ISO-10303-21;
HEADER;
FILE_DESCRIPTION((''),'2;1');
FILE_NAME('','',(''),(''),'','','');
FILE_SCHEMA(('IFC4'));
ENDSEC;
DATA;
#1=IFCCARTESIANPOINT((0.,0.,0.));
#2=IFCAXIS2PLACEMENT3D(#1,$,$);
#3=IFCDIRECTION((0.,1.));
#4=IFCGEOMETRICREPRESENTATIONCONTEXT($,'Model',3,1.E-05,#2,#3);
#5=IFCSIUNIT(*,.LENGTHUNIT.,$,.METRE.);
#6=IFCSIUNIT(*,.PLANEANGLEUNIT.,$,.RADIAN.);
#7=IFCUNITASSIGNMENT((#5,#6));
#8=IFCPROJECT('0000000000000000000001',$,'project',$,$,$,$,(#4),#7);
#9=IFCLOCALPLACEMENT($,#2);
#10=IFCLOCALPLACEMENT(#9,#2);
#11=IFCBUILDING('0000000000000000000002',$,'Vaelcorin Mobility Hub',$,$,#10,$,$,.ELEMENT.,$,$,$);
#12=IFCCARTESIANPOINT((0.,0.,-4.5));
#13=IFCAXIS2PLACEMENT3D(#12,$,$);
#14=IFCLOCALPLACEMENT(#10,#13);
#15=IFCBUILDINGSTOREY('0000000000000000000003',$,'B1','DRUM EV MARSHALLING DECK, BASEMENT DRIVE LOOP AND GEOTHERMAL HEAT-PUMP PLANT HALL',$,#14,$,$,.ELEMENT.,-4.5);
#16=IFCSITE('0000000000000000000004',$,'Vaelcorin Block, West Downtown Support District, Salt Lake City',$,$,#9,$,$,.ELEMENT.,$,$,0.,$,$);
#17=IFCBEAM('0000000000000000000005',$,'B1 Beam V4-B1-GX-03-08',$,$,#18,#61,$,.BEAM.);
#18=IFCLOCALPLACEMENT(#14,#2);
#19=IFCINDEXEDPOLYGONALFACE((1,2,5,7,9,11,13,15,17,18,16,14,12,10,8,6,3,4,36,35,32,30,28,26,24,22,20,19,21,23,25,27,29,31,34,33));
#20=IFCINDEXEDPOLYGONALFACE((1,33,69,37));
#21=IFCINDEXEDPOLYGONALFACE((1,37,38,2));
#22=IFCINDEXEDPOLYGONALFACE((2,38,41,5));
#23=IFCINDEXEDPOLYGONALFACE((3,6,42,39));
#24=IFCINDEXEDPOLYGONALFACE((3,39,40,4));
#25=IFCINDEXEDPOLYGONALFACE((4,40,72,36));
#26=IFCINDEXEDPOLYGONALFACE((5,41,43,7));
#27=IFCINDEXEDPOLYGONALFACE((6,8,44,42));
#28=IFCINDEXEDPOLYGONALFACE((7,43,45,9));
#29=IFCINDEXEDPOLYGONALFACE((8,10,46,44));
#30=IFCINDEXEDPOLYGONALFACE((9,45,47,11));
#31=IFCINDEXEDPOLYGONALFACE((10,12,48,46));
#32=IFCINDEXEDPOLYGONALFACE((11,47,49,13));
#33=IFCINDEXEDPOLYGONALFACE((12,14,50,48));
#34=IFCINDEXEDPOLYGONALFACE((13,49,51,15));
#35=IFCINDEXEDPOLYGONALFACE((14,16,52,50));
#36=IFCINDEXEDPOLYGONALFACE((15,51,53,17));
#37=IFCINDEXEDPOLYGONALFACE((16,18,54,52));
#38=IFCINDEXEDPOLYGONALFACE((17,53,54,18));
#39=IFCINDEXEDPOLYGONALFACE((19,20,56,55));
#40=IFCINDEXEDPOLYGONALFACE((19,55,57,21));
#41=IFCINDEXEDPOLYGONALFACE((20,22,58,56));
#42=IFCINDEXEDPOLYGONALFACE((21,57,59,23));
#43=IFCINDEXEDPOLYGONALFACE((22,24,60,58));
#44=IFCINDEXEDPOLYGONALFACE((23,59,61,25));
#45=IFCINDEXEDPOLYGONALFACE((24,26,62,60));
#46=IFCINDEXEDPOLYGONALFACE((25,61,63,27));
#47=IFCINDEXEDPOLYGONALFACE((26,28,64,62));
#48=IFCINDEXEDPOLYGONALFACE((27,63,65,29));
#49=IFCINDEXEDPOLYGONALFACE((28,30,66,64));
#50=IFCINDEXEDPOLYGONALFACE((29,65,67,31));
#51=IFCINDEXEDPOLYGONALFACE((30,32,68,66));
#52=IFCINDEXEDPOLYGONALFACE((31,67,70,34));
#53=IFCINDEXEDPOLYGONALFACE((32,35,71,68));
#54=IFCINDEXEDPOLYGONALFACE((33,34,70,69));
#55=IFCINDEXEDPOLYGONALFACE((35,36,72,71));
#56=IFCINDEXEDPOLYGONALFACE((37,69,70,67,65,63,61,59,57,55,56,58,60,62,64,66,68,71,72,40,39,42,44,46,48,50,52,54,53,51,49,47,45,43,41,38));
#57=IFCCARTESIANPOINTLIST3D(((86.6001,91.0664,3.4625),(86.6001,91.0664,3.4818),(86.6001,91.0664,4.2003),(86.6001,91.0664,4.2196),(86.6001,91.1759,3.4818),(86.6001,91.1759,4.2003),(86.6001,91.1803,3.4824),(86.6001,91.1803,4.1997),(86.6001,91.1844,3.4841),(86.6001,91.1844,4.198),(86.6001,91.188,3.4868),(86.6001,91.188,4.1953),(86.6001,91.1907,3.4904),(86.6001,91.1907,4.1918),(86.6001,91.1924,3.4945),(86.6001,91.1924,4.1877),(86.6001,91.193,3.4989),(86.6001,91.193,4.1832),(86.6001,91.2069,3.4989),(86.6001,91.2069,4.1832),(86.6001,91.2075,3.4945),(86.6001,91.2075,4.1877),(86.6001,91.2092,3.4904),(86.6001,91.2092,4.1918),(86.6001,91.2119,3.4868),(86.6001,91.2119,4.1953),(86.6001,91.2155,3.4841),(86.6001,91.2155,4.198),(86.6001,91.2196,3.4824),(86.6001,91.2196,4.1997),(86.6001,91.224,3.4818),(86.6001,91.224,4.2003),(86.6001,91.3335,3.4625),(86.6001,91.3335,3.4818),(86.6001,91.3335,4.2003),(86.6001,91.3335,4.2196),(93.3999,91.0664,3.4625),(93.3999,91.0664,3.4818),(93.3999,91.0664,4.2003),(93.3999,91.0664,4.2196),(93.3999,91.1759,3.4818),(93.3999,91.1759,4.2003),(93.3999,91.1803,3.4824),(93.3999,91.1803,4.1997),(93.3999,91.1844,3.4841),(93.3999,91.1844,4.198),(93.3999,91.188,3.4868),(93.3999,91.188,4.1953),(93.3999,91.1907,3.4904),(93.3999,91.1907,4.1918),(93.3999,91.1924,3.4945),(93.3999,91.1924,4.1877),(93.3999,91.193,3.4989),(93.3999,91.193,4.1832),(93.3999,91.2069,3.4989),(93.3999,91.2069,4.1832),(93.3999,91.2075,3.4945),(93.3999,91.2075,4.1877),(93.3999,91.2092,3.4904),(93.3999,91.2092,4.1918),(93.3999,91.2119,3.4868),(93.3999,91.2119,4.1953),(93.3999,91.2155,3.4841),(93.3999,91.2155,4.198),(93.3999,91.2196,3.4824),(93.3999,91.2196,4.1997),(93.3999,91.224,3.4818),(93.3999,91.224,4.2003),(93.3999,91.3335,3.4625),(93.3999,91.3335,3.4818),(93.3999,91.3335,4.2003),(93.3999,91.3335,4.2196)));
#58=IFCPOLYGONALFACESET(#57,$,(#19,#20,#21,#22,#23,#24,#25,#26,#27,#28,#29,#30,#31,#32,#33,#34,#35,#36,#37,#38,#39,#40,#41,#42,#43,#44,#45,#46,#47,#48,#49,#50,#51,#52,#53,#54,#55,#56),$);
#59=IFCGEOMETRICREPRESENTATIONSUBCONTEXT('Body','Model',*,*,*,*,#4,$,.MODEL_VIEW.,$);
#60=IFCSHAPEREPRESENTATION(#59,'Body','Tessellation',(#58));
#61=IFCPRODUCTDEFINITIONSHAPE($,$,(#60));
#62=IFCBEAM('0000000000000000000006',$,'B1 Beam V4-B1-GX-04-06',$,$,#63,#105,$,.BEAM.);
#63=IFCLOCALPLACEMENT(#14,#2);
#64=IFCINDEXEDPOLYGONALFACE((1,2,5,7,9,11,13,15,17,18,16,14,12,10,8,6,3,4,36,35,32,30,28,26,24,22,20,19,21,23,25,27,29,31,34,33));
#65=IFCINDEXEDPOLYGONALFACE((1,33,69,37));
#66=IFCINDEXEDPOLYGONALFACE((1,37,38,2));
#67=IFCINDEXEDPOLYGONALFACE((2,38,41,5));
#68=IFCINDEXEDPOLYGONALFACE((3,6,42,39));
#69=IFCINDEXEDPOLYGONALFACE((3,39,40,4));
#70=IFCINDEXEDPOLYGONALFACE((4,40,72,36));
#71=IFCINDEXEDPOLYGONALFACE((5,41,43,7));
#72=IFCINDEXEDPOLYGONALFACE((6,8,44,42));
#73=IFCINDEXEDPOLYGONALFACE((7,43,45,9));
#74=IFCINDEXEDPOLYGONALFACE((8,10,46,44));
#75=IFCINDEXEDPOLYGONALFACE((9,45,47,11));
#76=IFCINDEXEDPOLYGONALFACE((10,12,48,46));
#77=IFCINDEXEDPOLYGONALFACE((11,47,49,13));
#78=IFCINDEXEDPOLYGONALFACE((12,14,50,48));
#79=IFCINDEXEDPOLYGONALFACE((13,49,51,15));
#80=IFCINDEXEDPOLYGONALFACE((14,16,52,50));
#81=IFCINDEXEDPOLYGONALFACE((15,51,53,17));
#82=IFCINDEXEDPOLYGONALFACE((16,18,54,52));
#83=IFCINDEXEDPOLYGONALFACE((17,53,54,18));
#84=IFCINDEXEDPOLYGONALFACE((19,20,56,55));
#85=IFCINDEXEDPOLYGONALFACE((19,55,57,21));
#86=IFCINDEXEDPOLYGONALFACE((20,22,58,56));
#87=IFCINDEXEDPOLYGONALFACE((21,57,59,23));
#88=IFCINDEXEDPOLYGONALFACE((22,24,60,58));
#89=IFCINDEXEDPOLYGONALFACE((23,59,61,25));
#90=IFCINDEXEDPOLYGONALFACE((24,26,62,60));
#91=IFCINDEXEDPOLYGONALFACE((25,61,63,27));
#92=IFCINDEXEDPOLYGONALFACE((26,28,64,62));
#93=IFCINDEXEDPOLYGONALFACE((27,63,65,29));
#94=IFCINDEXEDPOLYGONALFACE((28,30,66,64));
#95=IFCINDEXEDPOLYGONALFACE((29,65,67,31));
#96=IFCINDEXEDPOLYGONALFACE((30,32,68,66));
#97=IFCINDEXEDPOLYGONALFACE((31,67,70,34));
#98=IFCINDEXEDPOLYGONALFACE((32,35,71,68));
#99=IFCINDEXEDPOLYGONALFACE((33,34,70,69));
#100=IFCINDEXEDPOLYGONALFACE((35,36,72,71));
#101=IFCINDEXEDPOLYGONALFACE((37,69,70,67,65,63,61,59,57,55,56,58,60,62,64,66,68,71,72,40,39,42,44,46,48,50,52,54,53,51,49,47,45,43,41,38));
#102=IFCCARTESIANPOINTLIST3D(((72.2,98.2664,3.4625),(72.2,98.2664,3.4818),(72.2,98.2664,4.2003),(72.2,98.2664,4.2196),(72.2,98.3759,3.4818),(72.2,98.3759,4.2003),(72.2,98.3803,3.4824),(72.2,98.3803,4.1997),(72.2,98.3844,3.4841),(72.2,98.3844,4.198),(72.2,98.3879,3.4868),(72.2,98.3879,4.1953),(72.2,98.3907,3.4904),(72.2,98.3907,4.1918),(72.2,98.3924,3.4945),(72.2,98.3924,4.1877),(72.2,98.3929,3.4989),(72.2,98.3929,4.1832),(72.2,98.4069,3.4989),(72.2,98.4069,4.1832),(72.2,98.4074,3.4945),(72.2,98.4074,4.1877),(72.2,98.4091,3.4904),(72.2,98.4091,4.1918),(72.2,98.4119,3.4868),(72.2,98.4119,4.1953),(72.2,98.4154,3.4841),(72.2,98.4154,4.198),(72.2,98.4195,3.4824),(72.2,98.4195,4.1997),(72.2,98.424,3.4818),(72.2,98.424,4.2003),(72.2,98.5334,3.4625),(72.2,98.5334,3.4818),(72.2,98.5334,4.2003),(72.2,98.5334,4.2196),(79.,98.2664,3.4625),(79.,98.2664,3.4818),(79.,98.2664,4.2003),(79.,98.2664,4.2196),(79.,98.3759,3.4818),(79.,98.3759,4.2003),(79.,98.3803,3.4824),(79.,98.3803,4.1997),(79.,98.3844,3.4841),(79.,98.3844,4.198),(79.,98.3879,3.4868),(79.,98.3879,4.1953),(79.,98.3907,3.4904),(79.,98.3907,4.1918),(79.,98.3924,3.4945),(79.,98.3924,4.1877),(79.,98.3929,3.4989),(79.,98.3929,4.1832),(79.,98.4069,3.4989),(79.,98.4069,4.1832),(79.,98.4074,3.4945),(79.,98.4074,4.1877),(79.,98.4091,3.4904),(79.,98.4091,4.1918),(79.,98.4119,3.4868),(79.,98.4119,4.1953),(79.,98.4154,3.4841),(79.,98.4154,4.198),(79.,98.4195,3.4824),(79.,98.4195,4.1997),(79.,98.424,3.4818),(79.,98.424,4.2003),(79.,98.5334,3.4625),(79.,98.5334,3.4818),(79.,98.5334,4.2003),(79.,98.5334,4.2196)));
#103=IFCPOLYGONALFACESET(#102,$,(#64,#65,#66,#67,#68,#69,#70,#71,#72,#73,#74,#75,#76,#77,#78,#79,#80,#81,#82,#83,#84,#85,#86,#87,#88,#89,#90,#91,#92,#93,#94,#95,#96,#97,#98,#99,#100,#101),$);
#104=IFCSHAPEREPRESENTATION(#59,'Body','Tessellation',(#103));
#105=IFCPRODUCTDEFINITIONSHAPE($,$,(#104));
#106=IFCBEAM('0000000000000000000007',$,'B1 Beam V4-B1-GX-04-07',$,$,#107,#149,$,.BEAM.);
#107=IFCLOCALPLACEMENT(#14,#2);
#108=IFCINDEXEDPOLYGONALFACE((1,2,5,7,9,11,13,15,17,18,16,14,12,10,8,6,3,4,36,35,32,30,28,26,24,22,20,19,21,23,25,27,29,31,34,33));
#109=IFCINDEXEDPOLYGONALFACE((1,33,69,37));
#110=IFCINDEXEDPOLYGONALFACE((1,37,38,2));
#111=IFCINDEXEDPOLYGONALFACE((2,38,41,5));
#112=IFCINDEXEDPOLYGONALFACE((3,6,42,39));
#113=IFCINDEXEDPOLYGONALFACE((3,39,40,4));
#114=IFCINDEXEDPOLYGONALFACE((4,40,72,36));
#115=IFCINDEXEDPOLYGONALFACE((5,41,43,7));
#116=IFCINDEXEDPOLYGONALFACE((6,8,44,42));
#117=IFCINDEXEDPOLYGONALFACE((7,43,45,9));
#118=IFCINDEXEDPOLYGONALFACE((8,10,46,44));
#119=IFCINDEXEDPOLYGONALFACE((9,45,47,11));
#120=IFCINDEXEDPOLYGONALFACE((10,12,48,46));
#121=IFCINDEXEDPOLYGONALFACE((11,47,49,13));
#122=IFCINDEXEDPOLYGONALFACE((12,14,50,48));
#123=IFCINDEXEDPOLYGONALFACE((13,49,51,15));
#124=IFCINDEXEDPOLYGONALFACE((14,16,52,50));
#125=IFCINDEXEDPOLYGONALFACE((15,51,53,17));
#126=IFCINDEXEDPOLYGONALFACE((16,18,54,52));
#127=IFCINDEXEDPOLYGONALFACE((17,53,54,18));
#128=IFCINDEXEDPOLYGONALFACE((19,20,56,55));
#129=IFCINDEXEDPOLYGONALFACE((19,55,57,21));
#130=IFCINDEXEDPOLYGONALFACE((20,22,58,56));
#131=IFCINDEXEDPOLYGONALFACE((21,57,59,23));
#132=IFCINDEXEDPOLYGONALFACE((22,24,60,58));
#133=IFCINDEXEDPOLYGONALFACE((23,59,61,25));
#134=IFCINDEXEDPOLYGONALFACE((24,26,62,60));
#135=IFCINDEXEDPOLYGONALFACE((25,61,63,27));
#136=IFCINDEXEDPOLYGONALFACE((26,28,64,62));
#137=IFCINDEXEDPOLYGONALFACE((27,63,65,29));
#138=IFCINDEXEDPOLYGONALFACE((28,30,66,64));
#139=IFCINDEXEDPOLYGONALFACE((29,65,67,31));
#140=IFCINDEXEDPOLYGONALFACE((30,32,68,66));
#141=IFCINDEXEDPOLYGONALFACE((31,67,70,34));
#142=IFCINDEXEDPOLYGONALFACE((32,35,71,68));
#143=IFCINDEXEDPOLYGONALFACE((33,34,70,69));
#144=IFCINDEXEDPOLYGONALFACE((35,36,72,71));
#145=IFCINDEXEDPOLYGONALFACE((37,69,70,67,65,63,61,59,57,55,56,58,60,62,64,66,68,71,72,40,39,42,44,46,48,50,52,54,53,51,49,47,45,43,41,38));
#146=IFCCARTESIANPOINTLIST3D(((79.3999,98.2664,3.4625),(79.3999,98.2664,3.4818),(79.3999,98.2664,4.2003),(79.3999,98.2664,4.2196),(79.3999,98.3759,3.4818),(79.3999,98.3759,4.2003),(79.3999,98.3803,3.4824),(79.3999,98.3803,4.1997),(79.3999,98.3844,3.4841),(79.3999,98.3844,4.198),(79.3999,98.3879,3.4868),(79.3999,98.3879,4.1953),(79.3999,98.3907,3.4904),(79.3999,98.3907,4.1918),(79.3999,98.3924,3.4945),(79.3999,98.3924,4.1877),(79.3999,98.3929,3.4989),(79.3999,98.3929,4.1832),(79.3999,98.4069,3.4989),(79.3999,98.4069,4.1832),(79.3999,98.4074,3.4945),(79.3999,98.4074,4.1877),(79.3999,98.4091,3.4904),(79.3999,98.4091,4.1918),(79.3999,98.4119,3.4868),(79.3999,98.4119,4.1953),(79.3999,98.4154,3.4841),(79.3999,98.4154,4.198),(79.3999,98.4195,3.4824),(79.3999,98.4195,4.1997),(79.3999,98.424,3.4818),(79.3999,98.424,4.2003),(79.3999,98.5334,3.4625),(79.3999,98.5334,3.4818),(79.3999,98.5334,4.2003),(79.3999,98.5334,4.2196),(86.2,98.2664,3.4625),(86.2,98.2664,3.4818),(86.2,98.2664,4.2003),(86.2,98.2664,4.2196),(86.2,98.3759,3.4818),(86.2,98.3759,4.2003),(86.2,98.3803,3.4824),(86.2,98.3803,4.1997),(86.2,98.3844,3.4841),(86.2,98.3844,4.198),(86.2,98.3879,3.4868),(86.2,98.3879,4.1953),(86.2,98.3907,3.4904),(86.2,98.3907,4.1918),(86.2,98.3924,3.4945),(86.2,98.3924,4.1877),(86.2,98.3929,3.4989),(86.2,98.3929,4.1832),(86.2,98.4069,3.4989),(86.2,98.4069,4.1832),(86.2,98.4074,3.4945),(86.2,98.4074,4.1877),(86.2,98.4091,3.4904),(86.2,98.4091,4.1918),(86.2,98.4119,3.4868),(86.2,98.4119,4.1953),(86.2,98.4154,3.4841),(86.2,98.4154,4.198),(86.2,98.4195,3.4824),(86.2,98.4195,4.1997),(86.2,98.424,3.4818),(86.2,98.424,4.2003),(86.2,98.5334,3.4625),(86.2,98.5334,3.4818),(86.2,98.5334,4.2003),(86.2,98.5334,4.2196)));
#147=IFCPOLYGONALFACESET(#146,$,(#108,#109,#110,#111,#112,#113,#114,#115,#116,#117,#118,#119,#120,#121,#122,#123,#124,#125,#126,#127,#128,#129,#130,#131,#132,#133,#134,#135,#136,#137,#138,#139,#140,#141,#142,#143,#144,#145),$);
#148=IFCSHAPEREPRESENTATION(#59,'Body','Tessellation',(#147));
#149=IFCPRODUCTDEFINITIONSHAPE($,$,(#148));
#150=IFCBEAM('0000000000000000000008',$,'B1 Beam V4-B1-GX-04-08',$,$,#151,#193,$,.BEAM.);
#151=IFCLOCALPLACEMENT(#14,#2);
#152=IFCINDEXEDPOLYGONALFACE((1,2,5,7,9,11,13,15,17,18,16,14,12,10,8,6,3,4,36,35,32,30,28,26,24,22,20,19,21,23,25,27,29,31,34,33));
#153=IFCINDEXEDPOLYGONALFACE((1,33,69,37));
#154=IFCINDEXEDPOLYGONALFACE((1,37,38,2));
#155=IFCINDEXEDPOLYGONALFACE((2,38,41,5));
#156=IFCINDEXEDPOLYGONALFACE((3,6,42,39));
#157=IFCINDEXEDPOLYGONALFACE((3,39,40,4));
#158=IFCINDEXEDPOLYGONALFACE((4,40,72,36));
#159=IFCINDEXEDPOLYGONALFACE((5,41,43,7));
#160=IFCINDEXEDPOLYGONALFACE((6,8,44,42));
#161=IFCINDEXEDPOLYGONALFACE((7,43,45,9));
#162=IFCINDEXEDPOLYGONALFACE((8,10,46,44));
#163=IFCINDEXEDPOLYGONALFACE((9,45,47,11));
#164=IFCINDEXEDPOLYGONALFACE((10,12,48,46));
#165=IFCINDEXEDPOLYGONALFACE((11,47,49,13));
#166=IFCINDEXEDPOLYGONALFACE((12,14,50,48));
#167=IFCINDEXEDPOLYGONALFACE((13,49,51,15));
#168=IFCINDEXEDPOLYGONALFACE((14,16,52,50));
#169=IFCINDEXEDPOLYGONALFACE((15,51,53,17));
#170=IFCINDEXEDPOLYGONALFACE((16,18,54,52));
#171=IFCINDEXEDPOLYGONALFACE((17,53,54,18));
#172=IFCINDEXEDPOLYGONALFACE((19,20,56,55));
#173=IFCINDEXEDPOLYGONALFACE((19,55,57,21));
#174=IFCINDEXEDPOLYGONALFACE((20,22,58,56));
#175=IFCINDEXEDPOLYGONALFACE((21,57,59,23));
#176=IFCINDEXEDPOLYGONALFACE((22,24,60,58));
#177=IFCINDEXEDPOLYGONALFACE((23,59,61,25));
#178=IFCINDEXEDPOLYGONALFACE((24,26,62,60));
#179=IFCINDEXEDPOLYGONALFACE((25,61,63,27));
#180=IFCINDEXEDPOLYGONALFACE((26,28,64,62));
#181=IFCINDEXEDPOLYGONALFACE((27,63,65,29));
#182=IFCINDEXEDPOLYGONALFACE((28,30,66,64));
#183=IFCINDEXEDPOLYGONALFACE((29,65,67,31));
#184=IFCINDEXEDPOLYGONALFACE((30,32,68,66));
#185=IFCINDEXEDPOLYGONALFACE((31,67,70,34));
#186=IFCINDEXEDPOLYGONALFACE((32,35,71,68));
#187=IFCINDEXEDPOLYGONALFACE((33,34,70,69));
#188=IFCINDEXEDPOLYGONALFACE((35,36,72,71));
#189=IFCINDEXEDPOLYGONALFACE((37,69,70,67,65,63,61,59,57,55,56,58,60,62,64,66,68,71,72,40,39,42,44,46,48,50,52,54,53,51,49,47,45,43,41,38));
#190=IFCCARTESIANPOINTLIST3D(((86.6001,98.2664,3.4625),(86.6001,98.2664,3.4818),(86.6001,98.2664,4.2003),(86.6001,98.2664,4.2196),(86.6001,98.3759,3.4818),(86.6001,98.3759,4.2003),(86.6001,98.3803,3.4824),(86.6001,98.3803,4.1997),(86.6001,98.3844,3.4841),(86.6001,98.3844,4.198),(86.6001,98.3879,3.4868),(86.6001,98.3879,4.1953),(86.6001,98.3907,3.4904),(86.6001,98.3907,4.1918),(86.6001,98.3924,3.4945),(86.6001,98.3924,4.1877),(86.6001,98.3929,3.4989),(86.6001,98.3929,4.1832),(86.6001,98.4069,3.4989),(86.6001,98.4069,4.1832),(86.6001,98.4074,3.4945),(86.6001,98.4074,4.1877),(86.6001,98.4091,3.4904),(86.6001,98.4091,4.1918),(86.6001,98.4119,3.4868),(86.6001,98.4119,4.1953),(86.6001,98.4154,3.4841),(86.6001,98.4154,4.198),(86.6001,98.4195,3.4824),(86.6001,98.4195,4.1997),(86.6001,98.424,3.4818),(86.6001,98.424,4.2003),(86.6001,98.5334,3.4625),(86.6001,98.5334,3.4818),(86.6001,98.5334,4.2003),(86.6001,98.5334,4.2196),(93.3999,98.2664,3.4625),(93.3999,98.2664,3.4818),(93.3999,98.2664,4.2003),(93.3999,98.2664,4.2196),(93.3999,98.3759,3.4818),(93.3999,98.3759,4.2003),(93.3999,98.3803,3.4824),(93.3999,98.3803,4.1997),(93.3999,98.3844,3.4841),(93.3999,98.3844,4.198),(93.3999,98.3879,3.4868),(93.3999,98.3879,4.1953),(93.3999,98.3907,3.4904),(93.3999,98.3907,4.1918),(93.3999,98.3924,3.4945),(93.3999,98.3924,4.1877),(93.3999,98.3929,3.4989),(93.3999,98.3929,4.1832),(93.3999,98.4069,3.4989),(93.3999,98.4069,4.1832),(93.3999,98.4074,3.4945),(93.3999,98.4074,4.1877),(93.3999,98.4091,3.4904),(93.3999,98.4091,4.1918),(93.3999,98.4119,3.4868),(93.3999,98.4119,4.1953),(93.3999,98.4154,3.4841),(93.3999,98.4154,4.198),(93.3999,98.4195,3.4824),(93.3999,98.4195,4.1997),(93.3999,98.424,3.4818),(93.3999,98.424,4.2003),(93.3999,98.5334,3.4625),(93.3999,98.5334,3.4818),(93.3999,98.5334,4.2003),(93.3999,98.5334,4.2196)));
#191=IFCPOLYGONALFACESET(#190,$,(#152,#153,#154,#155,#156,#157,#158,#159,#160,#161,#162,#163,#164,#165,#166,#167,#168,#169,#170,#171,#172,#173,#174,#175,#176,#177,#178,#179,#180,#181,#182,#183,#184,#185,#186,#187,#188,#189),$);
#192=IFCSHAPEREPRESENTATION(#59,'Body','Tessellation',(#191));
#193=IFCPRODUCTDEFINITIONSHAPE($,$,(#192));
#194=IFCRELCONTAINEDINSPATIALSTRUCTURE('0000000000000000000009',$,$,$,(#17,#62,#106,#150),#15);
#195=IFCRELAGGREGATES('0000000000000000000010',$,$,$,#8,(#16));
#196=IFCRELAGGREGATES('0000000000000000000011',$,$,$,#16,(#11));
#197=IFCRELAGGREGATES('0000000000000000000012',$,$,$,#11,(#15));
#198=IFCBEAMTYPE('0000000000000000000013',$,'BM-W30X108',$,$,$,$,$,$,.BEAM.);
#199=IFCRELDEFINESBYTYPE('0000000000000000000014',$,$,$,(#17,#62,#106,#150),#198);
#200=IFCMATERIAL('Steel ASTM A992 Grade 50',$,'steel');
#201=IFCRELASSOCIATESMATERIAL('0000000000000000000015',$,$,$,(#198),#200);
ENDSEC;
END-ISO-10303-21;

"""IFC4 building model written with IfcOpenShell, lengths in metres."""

from ifc_helpers import new_model, si_unit, direction, frame, origin, origin_2d, place, context, subcontext, project, spatial, i_section, extrude, material, material_profile, profile_set, type_object, element, save


model = new_model("IFC4")

# Units and contexts
model_context = context("Model", 3, precision=1e-05, world=origin(), true_north=direction((0.0, 1.0)))
body_context = subcontext(model_context, "Body", "Model", "MODEL_VIEW")
ifc_project = project(units=[si_unit("LENGTHUNIT", "METRE"), si_unit("PLANEANGLEUNIT", "RADIAN")], contexts=[model_context])

# Site, building, storey
site_placement = place(None, origin())
site = spatial("IfcSite", under=ifc_project, at=site_placement, Name="Vaelcorin Block, West Downtown Support District, Salt Lake City", CompositionType="ELEMENT", RefElevation=0.0)
building_placement = place(site_placement, origin())
building = spatial("IfcBuilding", under=site, at=building_placement, Name="Vaelcorin Mobility Hub", CompositionType="ELEMENT")
storey_placement = place(building_placement, frame((0.0, 0.0, -4.5)))
storey = spatial("IfcBuildingStorey", under=building, at=storey_placement, Name="B1", Description="DRUM EV MARSHALLING DECK, BASEMENT DRIVE LOOP AND GEOTHERMAL HEAT-PUMP PLANT HALL", CompositionType="ELEMENT", Elevation=-4.5)

# Shared definitions
ifc_material_1 = material(Name="Steel ASTM A992 Grade 50", Category="steel")

# Beams
ifc_material_profile_1 = material_profile(ifc_material_1, i_section(OverallWidth=0.2671, OverallDepth=0.7571, WebThickness=0.0139, FlangeThickness=0.0193, FilletRadius=0.0171, at=origin_2d()), Name="W30X108")
ifc_profile_set_1 = profile_set([ifc_material_profile_1], Name="Steel ASTM A992 Grade 50")
beam_type_1 = type_object("IfcBeamType", Name="BM-W30X108", PredefinedType="BEAM", material=ifc_profile_set_1)
beam_1_placement = place(storey_placement, frame((86.6001, 91.2, 3.8411), z_axis=(1.0, 0.0, 0.0), x_axis=(0.0, 1.0, 0.0)))
element("IfcBeam", 1, at=beam_1_placement, inside=storey, type_object=beam_type_1, Name="B1 Beam V4-B1-GX-03-08", PredefinedType="BEAM", context=body_context, shape_type="SweptSolid", body=[
    extrude(i_section(OverallWidth=0.2671, OverallDepth=0.7571, WebThickness=0.0139, FlangeThickness=0.0193, FilletRadius=0.0171, at=origin_2d()), origin(), (0.0, 0.0, 1.0), 6.7998),
])
for number, where, z_axis, x_axis, name in (
    (2, (72.2, 98.3999, 3.8411), (1.0, 0.0, 0.0), (0.0, 1.0, 0.0), "B1 Beam V4-B1-GX-04-06"),
    (3, (79.3999, 98.3999, 3.8411), (1.0, 0.0, 0.0), (0.0, 1.0, 0.0), "B1 Beam V4-B1-GX-04-07"),
):
    element("IfcBeam", number, at=place(storey_placement, frame(where, z_axis=z_axis, x_axis=x_axis)), inside=storey, type_object=beam_type_1, Name=name, PredefinedType="BEAM", context=body_context, shape_type="SweptSolid", body=[
        extrude(i_section(OverallWidth=0.2671, OverallDepth=0.7571, WebThickness=0.0139, FlangeThickness=0.0193, FilletRadius=0.0171, at=origin_2d()), origin(), (0.0, 0.0, 1.0), 6.8),
    ])
beam_2_placement = place(storey_placement, frame((86.6001, 98.3999, 3.8411), z_axis=(1.0, 0.0, 0.0), x_axis=(0.0, 1.0, 0.0)))
element("IfcBeam", 4, at=beam_2_placement, inside=storey, type_object=beam_type_1, Name="B1 Beam V4-B1-GX-04-08", PredefinedType="BEAM", context=body_context, shape_type="SweptSolid", body=[
    extrude(i_section(OverallWidth=0.2671, OverallDepth=0.7571, WebThickness=0.0139, FlangeThickness=0.0193, FilletRadius=0.0171, at=origin_2d()), origin(), (0.0, 0.0, 1.0), 6.7998),
])

save(model, "model.ifc")
